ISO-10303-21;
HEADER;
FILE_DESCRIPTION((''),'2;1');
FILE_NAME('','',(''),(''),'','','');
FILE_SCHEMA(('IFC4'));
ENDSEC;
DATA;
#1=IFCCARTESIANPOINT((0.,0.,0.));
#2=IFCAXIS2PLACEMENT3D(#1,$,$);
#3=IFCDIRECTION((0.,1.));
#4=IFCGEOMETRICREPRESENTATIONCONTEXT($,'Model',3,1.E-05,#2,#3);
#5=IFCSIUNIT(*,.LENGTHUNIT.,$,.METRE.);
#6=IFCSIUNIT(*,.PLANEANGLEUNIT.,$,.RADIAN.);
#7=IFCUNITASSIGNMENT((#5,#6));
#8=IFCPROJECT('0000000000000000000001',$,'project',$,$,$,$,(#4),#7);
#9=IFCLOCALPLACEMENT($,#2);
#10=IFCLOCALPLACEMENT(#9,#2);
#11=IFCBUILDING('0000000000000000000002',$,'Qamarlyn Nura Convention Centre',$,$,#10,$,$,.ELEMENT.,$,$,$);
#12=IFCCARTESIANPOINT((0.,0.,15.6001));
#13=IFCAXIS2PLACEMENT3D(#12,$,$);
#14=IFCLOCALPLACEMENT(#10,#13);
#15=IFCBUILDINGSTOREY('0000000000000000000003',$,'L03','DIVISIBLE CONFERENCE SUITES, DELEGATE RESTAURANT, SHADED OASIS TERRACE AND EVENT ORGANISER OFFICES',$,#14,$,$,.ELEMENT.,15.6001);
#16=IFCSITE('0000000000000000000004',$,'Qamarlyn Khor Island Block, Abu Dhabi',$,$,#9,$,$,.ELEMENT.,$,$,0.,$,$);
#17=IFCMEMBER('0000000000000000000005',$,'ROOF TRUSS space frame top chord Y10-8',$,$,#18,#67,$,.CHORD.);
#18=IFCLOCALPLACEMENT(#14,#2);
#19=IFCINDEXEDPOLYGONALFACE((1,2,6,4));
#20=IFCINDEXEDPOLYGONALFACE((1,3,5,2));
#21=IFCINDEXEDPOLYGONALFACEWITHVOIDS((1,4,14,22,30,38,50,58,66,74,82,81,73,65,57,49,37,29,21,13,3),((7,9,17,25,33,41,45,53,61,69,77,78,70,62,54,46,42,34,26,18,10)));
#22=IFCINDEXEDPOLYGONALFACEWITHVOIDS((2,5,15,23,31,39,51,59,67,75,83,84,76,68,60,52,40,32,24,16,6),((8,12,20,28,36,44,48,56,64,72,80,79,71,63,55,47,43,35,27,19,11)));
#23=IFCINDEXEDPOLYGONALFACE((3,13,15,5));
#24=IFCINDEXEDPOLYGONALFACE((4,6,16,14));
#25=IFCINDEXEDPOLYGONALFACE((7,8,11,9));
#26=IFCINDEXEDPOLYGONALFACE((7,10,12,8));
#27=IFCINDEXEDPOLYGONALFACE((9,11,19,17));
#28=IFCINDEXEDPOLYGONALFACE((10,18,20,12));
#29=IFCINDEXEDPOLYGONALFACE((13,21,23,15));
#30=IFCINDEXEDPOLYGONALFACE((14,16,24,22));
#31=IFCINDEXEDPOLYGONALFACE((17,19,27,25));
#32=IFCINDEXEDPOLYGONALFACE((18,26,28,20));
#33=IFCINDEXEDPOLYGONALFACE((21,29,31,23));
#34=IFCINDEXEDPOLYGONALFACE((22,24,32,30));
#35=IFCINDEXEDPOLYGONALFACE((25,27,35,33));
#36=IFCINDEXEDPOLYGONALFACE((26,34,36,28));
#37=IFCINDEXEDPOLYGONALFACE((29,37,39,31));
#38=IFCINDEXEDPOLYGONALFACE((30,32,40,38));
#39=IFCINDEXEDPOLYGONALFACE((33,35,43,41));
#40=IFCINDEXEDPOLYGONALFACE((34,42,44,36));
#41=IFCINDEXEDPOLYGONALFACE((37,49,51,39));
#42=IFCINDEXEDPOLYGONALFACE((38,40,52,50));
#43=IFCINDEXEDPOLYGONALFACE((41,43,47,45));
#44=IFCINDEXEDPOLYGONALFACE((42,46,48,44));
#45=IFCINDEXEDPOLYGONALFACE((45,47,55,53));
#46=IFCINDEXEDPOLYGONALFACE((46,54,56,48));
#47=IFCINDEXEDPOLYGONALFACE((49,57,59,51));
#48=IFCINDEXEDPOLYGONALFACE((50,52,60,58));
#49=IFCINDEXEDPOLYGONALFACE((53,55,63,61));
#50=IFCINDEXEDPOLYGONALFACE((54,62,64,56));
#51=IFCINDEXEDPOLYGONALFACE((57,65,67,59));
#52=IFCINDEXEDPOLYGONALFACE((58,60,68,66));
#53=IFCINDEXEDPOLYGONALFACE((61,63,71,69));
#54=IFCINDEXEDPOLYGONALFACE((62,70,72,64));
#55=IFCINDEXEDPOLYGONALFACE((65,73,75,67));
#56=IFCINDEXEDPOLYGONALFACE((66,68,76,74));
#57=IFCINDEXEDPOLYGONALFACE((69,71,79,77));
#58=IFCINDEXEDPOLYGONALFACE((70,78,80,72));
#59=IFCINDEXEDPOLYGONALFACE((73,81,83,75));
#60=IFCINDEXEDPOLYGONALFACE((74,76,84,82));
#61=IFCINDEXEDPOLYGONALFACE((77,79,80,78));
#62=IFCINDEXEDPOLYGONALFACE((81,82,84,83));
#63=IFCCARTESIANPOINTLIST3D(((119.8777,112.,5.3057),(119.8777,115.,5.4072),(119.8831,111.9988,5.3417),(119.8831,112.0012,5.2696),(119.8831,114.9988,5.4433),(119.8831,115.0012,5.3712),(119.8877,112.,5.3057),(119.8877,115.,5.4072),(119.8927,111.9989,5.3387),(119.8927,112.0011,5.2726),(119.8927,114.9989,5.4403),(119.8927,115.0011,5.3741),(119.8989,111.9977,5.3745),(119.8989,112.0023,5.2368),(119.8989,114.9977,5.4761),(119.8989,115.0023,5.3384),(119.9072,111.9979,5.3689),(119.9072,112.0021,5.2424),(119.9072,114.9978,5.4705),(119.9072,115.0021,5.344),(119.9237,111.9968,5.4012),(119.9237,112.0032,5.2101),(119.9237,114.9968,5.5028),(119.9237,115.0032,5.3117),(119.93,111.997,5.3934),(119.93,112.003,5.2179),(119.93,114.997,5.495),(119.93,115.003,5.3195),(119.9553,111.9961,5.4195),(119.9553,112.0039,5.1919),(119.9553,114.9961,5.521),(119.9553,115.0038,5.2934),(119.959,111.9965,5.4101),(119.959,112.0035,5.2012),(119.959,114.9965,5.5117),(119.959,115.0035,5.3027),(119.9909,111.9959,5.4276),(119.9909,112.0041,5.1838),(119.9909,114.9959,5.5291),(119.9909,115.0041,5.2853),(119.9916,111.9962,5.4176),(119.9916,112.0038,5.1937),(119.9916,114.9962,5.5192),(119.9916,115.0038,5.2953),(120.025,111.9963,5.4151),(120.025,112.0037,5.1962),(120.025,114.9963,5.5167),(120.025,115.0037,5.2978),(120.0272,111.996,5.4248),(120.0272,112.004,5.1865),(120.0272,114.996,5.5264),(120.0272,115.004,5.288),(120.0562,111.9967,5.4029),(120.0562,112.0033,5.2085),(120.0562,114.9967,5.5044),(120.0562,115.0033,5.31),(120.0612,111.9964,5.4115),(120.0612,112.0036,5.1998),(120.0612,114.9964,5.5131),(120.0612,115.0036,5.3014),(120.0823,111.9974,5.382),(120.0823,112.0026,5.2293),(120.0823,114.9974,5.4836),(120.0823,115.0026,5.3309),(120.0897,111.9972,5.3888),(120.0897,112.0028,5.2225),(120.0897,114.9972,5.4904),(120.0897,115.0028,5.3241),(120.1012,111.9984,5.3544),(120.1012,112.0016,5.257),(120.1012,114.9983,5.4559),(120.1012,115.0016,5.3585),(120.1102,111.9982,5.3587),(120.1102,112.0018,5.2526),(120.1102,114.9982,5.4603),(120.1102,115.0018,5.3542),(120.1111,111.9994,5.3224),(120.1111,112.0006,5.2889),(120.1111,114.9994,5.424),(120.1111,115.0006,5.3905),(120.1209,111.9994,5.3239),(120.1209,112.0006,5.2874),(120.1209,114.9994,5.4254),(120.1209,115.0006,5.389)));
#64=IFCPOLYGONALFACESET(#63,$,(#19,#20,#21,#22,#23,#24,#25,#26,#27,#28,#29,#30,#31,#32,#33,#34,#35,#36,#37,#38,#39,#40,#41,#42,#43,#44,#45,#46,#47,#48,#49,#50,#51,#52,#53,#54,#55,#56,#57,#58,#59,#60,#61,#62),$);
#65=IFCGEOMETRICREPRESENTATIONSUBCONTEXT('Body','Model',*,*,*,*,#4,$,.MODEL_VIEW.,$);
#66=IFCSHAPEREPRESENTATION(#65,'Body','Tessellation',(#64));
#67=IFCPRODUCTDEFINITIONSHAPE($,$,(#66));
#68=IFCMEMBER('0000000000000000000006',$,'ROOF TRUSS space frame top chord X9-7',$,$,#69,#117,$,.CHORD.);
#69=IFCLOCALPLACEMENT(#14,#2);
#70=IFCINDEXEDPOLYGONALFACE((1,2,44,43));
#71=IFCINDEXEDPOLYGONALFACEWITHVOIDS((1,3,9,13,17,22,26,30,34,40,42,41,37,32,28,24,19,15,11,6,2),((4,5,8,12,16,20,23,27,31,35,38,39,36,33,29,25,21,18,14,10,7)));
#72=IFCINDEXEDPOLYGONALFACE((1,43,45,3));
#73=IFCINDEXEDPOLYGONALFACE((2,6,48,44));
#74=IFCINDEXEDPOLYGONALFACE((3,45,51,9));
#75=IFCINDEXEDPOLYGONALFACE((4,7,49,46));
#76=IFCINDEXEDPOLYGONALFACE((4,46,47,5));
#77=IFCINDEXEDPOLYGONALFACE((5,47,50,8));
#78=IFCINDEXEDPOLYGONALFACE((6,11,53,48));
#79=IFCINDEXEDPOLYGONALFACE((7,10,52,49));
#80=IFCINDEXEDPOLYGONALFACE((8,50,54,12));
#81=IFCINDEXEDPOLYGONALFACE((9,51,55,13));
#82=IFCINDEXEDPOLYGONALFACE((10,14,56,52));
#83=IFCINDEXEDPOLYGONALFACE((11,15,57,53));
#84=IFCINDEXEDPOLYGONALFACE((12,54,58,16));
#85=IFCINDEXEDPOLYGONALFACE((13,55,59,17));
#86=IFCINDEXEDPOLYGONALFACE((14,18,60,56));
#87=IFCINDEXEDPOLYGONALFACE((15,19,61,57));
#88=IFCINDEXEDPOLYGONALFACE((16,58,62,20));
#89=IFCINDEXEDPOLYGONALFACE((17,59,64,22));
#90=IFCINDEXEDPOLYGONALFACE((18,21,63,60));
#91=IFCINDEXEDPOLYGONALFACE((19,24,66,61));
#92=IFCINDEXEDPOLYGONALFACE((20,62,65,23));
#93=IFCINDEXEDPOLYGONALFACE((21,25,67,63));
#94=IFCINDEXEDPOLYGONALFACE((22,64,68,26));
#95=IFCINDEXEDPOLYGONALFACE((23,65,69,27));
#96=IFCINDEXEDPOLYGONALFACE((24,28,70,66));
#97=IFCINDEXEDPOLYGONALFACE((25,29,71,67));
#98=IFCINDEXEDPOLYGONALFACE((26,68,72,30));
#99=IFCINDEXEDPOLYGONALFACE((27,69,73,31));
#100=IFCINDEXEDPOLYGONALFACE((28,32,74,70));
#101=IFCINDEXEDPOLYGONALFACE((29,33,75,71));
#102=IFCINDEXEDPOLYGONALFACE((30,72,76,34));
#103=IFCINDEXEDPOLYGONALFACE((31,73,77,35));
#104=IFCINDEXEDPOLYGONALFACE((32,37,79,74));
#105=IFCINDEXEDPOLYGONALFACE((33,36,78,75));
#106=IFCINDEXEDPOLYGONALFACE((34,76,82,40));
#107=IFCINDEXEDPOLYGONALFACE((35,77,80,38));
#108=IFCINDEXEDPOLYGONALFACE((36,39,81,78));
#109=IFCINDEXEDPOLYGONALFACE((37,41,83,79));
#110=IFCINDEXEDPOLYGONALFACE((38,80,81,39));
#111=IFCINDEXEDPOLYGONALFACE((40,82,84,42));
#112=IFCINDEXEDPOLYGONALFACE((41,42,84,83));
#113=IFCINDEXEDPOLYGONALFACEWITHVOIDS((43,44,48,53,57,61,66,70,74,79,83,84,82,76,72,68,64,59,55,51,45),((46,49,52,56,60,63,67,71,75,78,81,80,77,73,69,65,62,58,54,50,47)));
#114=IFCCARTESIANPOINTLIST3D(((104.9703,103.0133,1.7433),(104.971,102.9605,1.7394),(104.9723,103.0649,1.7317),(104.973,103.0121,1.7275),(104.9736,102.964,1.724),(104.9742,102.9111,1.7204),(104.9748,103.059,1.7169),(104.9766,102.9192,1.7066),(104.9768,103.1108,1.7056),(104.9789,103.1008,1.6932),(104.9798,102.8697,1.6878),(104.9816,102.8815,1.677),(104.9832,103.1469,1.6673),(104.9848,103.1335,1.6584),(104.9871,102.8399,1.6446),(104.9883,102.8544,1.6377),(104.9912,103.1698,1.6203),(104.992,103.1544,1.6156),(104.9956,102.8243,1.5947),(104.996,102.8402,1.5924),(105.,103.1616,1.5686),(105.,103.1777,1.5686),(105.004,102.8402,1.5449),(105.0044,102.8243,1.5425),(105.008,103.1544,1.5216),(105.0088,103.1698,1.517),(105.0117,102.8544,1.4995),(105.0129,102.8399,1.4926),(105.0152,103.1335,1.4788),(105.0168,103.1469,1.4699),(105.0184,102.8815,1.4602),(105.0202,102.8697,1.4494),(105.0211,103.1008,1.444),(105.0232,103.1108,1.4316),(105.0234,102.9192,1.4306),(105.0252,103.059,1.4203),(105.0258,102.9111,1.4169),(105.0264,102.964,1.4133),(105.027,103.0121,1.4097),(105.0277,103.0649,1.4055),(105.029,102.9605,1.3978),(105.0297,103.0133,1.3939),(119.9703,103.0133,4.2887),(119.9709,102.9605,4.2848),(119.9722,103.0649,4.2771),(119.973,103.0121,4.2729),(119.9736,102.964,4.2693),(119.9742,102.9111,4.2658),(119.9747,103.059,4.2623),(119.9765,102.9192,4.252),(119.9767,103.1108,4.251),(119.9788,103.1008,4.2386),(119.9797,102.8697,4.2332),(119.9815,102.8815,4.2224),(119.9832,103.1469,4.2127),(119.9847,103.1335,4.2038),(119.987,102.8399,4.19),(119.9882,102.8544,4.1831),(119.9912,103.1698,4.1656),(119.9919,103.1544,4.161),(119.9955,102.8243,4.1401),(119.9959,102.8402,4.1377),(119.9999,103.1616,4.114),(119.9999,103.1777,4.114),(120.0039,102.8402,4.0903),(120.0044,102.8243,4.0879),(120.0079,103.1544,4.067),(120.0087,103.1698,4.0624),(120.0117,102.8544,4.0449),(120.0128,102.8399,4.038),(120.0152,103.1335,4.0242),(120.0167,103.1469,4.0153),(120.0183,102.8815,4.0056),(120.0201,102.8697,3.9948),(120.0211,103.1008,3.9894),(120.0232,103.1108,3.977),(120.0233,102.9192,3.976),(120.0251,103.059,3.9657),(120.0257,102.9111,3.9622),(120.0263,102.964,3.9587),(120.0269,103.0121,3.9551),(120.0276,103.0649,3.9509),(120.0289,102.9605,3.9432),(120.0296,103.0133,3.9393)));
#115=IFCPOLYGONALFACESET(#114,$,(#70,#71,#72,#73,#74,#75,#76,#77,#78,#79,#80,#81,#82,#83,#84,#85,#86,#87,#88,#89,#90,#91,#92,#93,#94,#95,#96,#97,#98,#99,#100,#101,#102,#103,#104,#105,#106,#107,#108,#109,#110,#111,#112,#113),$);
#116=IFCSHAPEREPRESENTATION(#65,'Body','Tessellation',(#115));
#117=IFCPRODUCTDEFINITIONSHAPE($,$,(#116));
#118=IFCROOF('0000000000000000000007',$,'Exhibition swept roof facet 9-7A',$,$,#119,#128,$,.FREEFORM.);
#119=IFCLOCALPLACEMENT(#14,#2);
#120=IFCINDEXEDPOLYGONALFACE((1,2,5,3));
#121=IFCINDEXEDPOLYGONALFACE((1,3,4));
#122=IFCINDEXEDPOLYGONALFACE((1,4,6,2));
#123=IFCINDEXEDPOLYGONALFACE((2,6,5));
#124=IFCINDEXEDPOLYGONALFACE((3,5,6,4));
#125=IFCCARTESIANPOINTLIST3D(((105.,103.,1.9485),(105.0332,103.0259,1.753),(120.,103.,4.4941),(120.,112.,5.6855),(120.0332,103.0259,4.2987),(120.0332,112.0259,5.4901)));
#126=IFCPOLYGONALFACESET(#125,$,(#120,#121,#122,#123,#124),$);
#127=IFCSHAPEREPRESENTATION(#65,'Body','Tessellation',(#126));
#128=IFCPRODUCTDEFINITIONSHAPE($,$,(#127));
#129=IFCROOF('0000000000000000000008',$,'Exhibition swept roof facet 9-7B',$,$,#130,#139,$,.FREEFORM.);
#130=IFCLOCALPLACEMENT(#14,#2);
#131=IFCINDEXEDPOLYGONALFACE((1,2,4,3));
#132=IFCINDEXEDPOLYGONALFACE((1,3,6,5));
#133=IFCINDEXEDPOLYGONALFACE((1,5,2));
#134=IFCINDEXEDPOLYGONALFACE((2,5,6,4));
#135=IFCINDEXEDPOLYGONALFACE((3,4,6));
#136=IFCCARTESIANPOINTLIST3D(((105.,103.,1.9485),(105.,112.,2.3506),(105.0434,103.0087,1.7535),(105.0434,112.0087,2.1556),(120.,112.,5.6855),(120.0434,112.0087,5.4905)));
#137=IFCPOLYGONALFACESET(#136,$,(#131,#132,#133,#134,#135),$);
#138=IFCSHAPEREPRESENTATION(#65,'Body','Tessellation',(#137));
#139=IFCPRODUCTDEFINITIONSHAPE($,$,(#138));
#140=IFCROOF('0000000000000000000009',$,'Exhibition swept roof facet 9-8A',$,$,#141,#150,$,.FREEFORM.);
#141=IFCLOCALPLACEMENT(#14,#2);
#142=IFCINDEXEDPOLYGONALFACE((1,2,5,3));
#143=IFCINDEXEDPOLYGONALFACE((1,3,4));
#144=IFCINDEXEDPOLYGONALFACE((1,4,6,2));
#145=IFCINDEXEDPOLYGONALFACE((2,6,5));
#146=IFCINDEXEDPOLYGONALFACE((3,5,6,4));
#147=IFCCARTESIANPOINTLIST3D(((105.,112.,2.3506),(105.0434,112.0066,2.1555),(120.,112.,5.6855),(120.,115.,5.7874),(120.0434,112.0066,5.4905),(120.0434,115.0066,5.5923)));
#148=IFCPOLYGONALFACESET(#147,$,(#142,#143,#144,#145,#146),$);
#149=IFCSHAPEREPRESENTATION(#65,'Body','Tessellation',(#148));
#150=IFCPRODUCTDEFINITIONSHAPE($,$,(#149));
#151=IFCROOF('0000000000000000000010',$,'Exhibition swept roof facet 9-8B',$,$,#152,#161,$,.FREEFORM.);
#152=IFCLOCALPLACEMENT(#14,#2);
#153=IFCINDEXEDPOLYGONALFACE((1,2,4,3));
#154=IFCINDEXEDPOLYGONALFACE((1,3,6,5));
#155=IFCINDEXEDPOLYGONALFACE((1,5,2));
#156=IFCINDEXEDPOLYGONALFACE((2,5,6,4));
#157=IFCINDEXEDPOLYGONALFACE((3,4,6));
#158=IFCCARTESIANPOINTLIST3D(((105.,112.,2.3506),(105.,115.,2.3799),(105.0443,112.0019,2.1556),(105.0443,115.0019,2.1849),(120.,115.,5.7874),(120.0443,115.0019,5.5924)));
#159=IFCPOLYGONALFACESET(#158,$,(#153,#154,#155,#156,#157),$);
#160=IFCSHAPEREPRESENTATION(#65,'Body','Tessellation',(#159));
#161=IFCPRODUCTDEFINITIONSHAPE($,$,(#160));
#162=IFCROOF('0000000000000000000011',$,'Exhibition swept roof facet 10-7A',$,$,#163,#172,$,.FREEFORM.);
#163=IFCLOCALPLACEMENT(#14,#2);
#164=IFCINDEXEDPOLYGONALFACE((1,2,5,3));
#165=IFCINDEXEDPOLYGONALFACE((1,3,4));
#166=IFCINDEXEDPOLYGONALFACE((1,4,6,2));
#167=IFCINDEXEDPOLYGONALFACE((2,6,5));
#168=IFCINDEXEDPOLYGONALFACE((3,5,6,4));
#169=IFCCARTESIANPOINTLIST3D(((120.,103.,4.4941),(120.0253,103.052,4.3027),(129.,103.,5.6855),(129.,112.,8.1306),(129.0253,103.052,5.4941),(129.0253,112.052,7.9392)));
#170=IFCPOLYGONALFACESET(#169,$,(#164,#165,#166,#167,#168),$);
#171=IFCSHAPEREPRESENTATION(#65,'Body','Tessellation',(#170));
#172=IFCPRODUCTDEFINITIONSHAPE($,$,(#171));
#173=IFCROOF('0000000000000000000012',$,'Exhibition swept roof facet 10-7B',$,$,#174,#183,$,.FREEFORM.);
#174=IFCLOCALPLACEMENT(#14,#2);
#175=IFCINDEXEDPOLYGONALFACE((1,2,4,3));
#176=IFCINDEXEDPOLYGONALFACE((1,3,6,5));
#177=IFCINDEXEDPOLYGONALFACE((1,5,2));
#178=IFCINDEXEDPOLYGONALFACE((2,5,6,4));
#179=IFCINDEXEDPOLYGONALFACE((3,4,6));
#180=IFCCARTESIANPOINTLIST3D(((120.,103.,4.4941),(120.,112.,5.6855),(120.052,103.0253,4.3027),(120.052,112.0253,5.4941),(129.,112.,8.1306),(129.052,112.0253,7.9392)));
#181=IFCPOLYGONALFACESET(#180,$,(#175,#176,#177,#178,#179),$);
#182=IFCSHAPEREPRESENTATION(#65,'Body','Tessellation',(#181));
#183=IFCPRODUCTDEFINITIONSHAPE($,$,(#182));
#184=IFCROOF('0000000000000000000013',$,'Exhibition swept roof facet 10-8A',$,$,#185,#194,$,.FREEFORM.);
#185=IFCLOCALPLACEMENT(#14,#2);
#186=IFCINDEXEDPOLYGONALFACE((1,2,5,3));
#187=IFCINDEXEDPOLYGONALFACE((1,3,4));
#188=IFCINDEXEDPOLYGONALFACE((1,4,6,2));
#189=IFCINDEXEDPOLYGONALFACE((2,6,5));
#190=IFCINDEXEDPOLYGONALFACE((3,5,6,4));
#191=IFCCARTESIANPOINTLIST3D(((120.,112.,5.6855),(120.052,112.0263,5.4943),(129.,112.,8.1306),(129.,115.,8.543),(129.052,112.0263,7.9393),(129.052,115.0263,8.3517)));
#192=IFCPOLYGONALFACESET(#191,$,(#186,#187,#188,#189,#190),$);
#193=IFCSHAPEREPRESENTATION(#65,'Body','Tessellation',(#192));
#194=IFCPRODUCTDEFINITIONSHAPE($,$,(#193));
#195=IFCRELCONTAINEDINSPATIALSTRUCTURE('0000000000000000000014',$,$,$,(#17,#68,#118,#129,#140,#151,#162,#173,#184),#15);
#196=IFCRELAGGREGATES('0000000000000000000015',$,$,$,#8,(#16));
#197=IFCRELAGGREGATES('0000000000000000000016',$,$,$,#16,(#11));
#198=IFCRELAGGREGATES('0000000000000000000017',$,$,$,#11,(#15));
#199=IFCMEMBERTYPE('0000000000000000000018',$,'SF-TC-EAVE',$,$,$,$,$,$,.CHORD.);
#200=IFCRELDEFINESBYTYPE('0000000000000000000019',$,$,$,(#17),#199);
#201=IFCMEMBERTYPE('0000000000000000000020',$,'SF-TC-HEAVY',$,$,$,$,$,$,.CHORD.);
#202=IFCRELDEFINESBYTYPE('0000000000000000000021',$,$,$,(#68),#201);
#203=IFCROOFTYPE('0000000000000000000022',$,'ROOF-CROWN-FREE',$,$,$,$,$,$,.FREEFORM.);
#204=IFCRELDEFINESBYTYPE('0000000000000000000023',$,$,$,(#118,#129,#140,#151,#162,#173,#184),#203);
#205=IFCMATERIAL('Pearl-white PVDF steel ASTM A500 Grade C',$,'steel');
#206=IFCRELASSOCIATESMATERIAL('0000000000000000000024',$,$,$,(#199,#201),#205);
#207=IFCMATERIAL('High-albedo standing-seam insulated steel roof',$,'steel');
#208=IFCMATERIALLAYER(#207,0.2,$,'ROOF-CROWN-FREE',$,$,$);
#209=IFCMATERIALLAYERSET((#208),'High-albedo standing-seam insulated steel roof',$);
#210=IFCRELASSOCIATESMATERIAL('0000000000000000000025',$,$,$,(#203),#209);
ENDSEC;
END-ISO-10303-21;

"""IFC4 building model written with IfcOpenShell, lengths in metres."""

from ifc_helpers import new_model, si_unit, direction, frame, origin, origin_2d, place, context, subcontext, project, spatial, polyline, hollow_circle, outline, extrude, material, layer, layer_set, material_profile, profile_set, type_object, element, save


model = new_model("IFC4")

# Units and contexts
model_context = context("Model", 3, precision=1e-05, world=origin(), true_north=direction((0.0, 1.0)))
body_context = subcontext(model_context, "Body", "Model", "MODEL_VIEW")
ifc_project = project(units=[si_unit("LENGTHUNIT", "METRE"), si_unit("PLANEANGLEUNIT", "RADIAN")], contexts=[model_context])

# Site, building, storey
site_placement = place(None, origin())
site = spatial("IfcSite", under=ifc_project, at=site_placement, Name="Qamarlyn Khor Island Block, Abu Dhabi", CompositionType="ELEMENT", RefElevation=0.0)
building_placement = place(site_placement, origin())
building = spatial("IfcBuilding", under=site, at=building_placement, Name="Qamarlyn Nura Convention Centre", CompositionType="ELEMENT")
storey_placement = place(building_placement, frame((0.0, 0.0, 15.6001)))
storey = spatial("IfcBuildingStorey", under=building, at=storey_placement, Name="L03", Description="DIVISIBLE CONFERENCE SUITES, DELEGATE RESTAURANT, SHADED OASIS TERRACE AND EVENT ORGANISER OFFICES", CompositionType="ELEMENT", Elevation=15.6001)

# Members
ifc_material_1 = material(Name="Pearl-white PVDF steel ASTM A500 Grade C", Category="steel")
ifc_material_profile_1 = material_profile(ifc_material_1, hollow_circle(Radius=0.1223, WallThickness=0.01, at=origin_2d()), Name="CHS244.5X10")
ifc_profile_set_1 = profile_set([ifc_material_profile_1], Name="Pearl-white PVDF steel ASTM A500 Grade C")
member_type_1 = type_object("IfcMemberType", Name="SF-TC-EAVE", PredefinedType="CHORD", material=ifc_profile_set_1)
member_1_placement = place(storey_placement, frame((120.0, 112.0, 5.3057), z_axis=(0.0, 0.999427, 0.033835), x_axis=(-1.0, 0.0, 0.0)))
element("IfcMember", 1, at=member_1_placement, inside=storey, type_object=member_type_1, Name="ROOF TRUSS space frame top chord Y10-8", PredefinedType="CHORD", context=body_context, shape_type="SweptSolid", body=[
    extrude(hollow_circle(Radius=0.1223, WallThickness=0.01, at=origin_2d()), origin(), (0.0, 0.0, 1.0), 3.0017),
])
ifc_material_profile_2 = material_profile(ifc_material_1, hollow_circle(Radius=0.1777, WallThickness=0.0161, at=origin_2d()), Name="CHS355.6X16")
ifc_profile_set_2 = profile_set([ifc_material_profile_2], Name="Pearl-white PVDF steel ASTM A500 Grade C")
member_type_2 = type_object("IfcMemberType", Name="SF-TC-HEAVY", PredefinedType="CHORD", material=ifc_profile_set_2)
member_2_placement = place(storey_placement, frame((105.0, 103.0, 1.5686), z_axis=(0.985906, 0.0, 0.167302), x_axis=(0.0, 1.0, 0.0)))
element("IfcMember", 2, at=member_2_placement, inside=storey, type_object=member_type_2, Name="ROOF TRUSS space frame top chord X9-7", PredefinedType="CHORD", context=body_context, shape_type="SweptSolid", body=[
    extrude(hollow_circle(Radius=0.1777, WallThickness=0.0161, at=origin_2d()), origin(), (0.0, 0.0, 1.0), 15.2144),
])

# Roofs
ifc_material_2 = material(Name="High-albedo standing-seam insulated steel roof", Category="steel")
ifc_layer = layer(ifc_material_2, 0.2, Name="ROOF-CROWN-FREE")
ifc_layer_set = layer_set([ifc_layer], Name="High-albedo standing-seam insulated steel roof")
roof_type = type_object("IfcRoofType", Name="ROOF-CROWN-FREE", PredefinedType="FREEFORM", material=ifc_layer_set)
roof_1_placement = place(storey_placement, frame((105.0, 103.0, 1.9485), z_axis=(-0.165911, -0.129415, 0.977612), x_axis=(0.985903, 0.0, 0.167318)))
element("IfcRoof", 3, at=roof_1_placement, inside=storey, type_object=roof_type, Name="Exhibition swept roof facet 9-7A", PredefinedType="FREEFORM", context=body_context, shape_type="SweptSolid", body=[
    extrude(outline(polyline([(0.0, 0.0), (15.2145, 0.0), (15.4138, 9.0763), (0.0, 0.0)])), origin(), (0.0, 0.0, -1.0), 0.2),
])
roof_2_placement = place(storey_placement, frame((105.0, 103.0, 1.9485), z_axis=(-0.216825, -0.043571, 0.975238), x_axis=(0.838571, 0.503142, 0.208919)))
element("IfcRoof", 4, at=roof_2_placement, inside=storey, type_object=roof_type, Name="Exhibition swept roof facet 9-7B", PredefinedType="FREEFORM", context=body_context, shape_type="SweptSolid", body=[
    extrude(outline(polyline([(0.0, 0.0), (17.8876, 0.0), (4.6123, 7.7388), (0.0, 0.0)])), origin(), (0.0, 0.0, -1.0), 0.2),
])
roof_3_placement = place(storey_placement, frame((105.0, 112.0, 2.3506), z_axis=(-0.216912, -0.033109, 0.975629), x_axis=(0.976165, 0.0, 0.217031)))
element("IfcRoof", 5, at=roof_3_placement, inside=storey, type_object=roof_type, Name="Exhibition swept roof facet 9-8A", PredefinedType="FREEFORM", context=body_context, shape_type="SweptSolid", body=[
    extrude(outline(polyline([(0.0, 0.0), (15.3663, 0.0), (15.3884, 3.0016), (0.0, 0.0)])), origin(), (0.0, 0.0, -1.0), 0.2),
])
roof_4_placement = place(storey_placement, frame((105.0, 112.0, 2.3506), z_axis=(-0.221511, -0.009523, 0.975111), x_axis=(0.956732, 0.191346, 0.219204)))
element("IfcRoof", 6, at=roof_4_placement, inside=storey, type_object=roof_type, Name="Exhibition swept roof facet 9-8B", PredefinedType="FREEFORM", context=body_context, shape_type="SweptSolid", body=[
    extrude(outline(polyline([(0.0, 0.0), (15.6784, 0.0), (0.5805, 2.9435), (0.0, 0.0)])), origin(), (0.0, 0.0, -1.0), 0.2),
])
roof_5_placement = place(storey_placement, frame((120.0, 103.0, 4.4941), z_axis=(-0.126718, -0.260058, 0.957242), x_axis=(0.991351, 0.0, 0.131234)))
element("IfcRoof", 7, at=roof_5_placement, inside=storey, type_object=roof_type, Name="Exhibition swept roof facet 10-7A", PredefinedType="FREEFORM", context=body_context, shape_type="SweptSolid", body=[
    extrude(outline(polyline([(0.0, 0.0), (9.0785, 0.0), (9.3994, 9.3207), (0.0, 0.0)])), origin(), (0.0, 0.0, -1.0), 0.2),
])
roof_6_placement = place(storey_placement, frame((120.0, 103.0, 4.4941), z_axis=(-0.260058, -0.126718, 0.957242), x_axis=(0.679901, 0.679901, 0.274716)))
element("IfcRoof", 8, at=roof_6_placement, inside=storey, type_object=roof_type, Name="Exhibition swept roof facet 10-7B", PredefinedType="FREEFORM", context=body_context, shape_type="SweptSolid", body=[
    extrude(outline(polyline([(0.0, 0.0), (13.2372, 0.0), (6.4464, 6.3924), (0.0, 0.0)])), origin(), (0.0, 0.0, -1.0), 0.2),
])
roof_7_placement = place(storey_placement, frame((120.0, 112.0, 5.6855), z_axis=(-0.259895, -0.131492, 0.956642), x_axis=(0.965021, 0.0, 0.262171)))
element("IfcRoof", 9, at=roof_7_placement, inside=storey, type_object=roof_type, Name="Exhibition swept roof facet 10-8A", PredefinedType="FREEFORM", context=body_context, shape_type="SweptSolid", body=[
    extrude(outline(polyline([(0.0, 0.0), (9.3262, 0.0), (9.4343, 3.0263), (0.0, 0.0)])), origin(), (0.0, 0.0, -1.0), 0.2),
])

save(model, "model.ifc")
